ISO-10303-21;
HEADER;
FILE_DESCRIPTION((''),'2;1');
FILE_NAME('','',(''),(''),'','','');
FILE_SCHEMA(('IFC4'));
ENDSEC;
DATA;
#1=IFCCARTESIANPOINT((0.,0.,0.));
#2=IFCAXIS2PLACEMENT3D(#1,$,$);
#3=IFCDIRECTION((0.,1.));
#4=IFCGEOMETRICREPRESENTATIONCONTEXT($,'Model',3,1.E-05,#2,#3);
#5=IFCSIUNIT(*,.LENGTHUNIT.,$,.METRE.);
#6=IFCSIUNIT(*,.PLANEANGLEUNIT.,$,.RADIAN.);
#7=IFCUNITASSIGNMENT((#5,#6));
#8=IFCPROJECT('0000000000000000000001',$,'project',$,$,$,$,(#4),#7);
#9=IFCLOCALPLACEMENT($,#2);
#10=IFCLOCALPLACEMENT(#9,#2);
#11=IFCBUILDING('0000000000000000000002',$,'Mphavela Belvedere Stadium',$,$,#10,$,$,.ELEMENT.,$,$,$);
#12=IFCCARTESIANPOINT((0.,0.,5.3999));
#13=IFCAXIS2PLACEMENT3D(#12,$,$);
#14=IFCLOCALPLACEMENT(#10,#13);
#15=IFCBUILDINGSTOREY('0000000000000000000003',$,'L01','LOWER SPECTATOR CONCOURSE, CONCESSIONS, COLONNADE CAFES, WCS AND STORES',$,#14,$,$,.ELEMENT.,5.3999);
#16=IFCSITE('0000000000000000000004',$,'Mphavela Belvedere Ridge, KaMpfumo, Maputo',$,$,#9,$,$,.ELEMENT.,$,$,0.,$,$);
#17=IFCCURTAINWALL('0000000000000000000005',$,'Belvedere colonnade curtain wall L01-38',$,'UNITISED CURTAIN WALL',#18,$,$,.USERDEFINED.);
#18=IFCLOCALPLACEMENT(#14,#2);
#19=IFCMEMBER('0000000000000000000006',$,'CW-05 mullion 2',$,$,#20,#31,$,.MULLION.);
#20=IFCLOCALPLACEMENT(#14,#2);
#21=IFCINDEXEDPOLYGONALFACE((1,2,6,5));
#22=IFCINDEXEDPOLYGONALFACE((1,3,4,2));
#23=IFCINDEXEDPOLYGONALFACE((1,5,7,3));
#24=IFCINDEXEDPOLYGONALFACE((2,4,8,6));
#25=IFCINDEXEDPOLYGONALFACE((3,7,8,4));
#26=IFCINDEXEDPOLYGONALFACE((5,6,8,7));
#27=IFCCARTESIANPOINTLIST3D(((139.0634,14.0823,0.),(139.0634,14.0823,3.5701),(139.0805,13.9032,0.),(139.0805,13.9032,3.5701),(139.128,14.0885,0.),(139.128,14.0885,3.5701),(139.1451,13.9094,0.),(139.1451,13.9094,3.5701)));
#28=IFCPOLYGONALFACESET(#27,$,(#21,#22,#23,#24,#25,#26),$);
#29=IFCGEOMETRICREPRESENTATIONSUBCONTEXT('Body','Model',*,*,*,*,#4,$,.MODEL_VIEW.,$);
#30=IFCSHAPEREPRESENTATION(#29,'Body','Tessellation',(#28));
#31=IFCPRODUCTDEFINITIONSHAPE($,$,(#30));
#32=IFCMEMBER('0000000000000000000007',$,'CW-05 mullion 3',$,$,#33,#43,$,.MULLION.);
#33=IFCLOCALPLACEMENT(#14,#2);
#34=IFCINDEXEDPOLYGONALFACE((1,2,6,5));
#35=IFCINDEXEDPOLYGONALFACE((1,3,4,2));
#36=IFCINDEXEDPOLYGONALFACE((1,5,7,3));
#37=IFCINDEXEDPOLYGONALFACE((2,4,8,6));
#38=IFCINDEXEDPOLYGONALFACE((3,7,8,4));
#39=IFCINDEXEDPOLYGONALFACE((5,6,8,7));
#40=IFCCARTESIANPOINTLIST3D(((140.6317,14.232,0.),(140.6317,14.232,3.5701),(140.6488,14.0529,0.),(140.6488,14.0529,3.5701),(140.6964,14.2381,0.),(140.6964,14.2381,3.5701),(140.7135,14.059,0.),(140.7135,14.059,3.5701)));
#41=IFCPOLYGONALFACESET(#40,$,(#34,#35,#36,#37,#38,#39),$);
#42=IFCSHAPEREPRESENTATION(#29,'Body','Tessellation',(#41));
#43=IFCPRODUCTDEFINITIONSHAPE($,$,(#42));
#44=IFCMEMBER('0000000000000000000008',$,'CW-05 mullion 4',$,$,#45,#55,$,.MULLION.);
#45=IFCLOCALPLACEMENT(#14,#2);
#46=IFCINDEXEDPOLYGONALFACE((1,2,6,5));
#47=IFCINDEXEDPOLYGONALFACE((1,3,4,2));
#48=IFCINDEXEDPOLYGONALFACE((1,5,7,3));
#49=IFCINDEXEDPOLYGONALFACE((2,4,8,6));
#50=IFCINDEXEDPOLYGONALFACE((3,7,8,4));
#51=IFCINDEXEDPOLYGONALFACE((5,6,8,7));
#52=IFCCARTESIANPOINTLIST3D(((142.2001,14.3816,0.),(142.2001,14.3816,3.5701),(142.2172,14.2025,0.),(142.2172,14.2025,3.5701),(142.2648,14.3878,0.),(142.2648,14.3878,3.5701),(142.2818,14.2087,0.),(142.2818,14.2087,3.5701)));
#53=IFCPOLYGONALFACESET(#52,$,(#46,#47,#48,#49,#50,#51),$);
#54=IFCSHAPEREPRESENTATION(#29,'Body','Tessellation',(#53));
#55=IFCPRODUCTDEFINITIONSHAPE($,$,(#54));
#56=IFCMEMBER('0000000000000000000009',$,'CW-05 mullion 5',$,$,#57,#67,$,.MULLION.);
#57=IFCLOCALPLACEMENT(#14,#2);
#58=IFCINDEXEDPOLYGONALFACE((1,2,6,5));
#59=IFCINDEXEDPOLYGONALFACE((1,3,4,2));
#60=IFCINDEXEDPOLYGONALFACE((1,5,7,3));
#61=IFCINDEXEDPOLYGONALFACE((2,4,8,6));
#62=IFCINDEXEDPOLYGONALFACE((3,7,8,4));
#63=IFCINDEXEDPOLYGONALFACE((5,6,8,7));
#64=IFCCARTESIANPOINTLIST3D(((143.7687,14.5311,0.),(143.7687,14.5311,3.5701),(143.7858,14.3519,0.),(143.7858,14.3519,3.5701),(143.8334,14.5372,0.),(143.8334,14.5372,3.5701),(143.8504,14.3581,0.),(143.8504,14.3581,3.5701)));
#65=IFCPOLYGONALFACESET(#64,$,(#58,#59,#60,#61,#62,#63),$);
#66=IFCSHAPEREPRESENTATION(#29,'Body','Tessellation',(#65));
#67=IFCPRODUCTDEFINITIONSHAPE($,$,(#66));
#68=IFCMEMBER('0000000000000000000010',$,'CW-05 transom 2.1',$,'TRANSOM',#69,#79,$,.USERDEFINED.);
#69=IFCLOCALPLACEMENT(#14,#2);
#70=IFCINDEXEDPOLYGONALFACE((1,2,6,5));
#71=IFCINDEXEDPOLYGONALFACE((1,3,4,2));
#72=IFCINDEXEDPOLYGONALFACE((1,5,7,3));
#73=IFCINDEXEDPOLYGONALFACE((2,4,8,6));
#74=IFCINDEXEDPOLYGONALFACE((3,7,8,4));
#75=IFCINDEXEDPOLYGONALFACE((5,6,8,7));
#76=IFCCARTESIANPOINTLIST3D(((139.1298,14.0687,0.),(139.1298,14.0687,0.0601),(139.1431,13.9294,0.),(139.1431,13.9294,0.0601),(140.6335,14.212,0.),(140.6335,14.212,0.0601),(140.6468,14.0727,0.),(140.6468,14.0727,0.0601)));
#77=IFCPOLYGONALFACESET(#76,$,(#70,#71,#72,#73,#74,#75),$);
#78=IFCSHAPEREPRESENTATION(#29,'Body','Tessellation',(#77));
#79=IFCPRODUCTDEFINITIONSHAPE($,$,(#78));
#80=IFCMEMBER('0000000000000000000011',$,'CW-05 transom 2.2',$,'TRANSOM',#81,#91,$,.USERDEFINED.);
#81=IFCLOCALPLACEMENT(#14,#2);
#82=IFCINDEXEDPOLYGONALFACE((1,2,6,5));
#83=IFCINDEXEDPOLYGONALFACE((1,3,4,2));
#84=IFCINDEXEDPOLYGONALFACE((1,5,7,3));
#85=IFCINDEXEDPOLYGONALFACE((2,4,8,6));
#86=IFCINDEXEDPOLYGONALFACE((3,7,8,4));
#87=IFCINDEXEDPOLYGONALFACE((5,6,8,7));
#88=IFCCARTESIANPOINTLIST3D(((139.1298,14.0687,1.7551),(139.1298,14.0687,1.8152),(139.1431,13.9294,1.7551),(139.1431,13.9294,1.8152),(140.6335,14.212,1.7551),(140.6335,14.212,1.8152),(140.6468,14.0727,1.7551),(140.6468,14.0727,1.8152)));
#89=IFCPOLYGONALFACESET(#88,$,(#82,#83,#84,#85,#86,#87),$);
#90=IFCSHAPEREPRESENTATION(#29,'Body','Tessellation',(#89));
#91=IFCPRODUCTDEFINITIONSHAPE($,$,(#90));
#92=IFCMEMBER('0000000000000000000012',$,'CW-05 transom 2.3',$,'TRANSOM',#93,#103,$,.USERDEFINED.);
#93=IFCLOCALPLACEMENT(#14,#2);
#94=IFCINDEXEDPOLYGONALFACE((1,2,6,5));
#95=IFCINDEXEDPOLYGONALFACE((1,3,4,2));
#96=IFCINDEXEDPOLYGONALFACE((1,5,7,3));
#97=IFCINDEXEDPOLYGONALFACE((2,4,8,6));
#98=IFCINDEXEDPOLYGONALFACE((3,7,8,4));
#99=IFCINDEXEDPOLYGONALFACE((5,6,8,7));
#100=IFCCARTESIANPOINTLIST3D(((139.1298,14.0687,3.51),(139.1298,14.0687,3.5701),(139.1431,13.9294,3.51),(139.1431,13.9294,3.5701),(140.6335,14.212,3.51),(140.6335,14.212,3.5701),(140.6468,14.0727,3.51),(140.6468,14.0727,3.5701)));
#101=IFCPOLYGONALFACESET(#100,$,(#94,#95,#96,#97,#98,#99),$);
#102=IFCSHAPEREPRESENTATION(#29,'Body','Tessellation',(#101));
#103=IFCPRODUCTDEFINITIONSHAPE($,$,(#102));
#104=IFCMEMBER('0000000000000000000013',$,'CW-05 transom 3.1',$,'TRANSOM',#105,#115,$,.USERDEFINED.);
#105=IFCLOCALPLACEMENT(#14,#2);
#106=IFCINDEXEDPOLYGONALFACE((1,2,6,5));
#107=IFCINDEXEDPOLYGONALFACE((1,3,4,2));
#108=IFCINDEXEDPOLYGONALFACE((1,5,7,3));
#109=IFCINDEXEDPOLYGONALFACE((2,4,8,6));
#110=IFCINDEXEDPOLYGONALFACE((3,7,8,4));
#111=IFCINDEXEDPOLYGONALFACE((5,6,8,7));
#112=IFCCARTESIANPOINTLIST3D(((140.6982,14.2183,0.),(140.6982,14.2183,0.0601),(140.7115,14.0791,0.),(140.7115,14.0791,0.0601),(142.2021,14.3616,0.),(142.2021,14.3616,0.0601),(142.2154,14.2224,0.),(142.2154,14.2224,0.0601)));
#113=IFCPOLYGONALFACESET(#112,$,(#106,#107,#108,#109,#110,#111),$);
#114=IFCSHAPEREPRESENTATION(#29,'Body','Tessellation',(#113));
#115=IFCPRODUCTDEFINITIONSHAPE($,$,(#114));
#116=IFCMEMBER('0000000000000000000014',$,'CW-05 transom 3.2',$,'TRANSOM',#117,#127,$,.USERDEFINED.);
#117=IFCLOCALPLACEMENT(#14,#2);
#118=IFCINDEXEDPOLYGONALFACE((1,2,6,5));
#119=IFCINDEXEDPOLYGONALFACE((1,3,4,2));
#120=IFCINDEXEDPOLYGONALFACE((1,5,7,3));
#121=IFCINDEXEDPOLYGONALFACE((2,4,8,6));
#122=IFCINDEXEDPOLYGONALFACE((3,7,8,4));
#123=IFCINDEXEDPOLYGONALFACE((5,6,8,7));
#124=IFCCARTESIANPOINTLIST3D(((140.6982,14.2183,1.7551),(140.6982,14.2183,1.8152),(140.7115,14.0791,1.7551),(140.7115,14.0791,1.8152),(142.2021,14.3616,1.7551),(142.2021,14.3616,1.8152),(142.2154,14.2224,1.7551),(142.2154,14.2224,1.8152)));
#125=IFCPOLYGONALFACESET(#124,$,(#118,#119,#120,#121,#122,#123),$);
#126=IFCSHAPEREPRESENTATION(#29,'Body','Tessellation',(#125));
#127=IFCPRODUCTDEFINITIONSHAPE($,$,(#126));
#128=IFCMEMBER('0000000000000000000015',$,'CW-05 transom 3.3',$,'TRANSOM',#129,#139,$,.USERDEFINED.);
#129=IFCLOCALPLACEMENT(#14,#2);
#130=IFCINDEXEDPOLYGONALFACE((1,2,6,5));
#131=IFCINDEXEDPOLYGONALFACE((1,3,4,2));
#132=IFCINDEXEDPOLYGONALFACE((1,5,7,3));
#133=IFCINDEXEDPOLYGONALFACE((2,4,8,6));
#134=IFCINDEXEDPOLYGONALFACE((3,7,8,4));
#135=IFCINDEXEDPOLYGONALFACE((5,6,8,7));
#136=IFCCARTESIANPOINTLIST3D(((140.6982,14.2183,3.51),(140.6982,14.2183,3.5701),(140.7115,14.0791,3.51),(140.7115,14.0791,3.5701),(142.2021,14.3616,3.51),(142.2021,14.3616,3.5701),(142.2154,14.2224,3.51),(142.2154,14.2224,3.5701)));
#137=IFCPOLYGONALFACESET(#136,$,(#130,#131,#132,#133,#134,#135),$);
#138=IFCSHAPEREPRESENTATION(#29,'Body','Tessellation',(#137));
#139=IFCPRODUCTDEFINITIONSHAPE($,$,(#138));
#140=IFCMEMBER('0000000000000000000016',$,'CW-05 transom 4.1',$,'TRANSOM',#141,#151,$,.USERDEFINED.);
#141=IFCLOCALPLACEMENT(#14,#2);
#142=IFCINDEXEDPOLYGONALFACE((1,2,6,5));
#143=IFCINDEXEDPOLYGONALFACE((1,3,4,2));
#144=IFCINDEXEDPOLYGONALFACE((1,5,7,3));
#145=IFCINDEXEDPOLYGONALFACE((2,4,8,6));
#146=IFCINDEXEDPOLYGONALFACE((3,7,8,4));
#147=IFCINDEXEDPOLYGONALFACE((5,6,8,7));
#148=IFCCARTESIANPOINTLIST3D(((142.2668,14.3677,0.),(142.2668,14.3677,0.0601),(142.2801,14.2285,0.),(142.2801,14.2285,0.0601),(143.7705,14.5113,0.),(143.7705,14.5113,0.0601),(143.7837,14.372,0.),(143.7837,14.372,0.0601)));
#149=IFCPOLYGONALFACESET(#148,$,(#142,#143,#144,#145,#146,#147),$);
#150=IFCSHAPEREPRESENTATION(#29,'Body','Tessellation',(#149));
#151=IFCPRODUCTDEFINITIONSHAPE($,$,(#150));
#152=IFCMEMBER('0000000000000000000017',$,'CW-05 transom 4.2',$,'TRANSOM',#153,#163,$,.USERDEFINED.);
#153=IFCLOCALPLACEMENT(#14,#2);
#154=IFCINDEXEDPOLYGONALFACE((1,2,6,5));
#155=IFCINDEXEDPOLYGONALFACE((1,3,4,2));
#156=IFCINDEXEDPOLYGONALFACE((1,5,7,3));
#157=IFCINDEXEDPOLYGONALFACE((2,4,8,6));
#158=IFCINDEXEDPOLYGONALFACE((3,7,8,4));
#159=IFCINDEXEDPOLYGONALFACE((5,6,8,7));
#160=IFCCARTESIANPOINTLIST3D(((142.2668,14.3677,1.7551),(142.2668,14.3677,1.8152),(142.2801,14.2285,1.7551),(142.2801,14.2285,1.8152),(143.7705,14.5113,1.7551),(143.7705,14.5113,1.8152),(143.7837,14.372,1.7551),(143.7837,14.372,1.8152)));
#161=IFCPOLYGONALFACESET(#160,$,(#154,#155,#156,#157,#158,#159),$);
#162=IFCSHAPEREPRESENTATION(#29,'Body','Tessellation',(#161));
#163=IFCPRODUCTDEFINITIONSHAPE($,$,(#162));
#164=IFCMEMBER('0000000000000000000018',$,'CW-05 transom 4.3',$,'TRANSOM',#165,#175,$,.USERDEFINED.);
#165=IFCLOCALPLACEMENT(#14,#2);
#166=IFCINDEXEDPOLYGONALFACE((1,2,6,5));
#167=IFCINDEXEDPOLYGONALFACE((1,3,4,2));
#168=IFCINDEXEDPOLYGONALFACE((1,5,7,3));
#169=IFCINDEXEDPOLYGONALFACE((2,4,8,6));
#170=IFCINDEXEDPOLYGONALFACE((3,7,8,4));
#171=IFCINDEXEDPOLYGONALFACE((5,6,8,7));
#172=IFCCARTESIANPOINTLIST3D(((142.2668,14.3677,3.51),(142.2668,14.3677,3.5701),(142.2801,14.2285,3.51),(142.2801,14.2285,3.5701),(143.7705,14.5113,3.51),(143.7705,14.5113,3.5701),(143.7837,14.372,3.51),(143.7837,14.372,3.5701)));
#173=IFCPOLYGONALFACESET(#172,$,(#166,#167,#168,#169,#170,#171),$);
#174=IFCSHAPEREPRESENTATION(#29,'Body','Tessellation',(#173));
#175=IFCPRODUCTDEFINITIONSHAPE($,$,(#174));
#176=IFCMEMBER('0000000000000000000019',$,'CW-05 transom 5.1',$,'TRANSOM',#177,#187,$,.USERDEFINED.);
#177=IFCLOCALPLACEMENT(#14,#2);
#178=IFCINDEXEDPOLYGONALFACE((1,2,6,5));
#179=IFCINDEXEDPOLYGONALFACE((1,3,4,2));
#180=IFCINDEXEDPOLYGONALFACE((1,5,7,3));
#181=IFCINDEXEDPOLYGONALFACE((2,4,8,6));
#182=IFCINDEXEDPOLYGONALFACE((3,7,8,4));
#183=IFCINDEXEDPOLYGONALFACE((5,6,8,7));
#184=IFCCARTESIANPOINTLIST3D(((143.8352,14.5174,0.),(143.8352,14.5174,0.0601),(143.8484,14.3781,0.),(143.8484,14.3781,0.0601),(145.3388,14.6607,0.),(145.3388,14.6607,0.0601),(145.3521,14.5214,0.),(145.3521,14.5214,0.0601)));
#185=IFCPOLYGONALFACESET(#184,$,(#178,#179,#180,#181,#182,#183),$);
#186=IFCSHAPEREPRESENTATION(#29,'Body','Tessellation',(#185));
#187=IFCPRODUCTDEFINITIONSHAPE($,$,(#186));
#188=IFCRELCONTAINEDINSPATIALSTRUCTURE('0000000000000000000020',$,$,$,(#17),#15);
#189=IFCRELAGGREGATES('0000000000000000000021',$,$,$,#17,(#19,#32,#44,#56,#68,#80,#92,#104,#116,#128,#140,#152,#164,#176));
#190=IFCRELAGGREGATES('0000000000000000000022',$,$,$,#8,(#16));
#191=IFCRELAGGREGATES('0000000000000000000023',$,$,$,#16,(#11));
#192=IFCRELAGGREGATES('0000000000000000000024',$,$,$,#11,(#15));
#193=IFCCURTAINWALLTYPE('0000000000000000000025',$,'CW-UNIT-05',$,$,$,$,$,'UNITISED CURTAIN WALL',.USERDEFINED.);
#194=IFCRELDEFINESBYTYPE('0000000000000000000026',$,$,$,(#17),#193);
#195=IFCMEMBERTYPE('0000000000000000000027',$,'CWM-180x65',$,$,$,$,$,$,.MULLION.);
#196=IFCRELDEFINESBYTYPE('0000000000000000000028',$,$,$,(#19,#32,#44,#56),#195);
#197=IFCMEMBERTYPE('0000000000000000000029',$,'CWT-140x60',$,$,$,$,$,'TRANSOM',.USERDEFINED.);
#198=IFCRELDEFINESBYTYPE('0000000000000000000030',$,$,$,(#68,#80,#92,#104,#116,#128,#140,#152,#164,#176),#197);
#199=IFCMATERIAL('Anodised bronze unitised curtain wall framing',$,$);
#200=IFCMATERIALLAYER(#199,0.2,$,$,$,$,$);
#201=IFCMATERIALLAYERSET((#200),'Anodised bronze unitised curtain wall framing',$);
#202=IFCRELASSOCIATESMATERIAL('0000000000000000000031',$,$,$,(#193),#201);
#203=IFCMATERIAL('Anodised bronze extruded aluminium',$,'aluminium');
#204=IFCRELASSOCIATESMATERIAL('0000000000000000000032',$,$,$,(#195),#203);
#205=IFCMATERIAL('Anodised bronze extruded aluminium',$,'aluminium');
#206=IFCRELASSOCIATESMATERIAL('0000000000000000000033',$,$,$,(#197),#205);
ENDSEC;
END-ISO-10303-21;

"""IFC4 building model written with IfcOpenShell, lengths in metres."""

from ifc_helpers import new_model, si_unit, direction, frame, origin, origin_2d, place, context, subcontext, project, spatial, rectangle, extrude, material, layer, layer_set, material_profile, profile_set, type_object, element, aggregate, save


model = new_model("IFC4")

# Units and contexts
model_context = context("Model", 3, precision=1e-05, world=origin(), true_north=direction((0.0, 1.0)))
body_context = subcontext(model_context, "Body", "Model", "MODEL_VIEW")
ifc_project = project(units=[si_unit("LENGTHUNIT", "METRE"), si_unit("PLANEANGLEUNIT", "RADIAN")], contexts=[model_context])

# Site, building, storey
site_placement = place(None, origin())
site = spatial("IfcSite", under=ifc_project, at=site_placement, Name="Mphavela Belvedere Ridge, KaMpfumo, Maputo", CompositionType="ELEMENT", RefElevation=0.0)
building_placement = place(site_placement, origin())
building = spatial("IfcBuilding", under=site, at=building_placement, Name="Mphavela Belvedere Stadium", CompositionType="ELEMENT")
storey_placement = place(building_placement, frame((0.0, 0.0, 5.3999)))
storey = spatial("IfcBuildingStorey", under=building, at=storey_placement, Name="L01", Description="LOWER SPECTATOR CONCOURSE, CONCESSIONS, COLONNADE CAFES, WCS AND STORES", CompositionType="ELEMENT", Elevation=5.3999)

# Curtain wall, members
ifc_material_1 = material(Name="Anodised bronze unitised curtain wall framing")
ifc_layer_1 = layer(ifc_material_1, 0.2)
ifc_layer_set_1 = layer_set([ifc_layer_1], Name="Anodised bronze unitised curtain wall framing")
curtain_wall_type = type_object("IfcCurtainWallType", Name="CW-UNIT-05", ElementType="UNITISED CURTAIN WALL", PredefinedType="USERDEFINED", material=ifc_layer_set_1)
curtain_wall_placement = place(storey_placement, origin())
curtain_wall = element("IfcCurtainWall", 1, at=curtain_wall_placement, inside=storey, type_object=curtain_wall_type, Name="Belvedere colonnade curtain wall L01-38", ObjectType="UNITISED CURTAIN WALL", PredefinedType="USERDEFINED")
ifc_material_2 = material(Name="Anodised bronze extruded aluminium", Category="aluminium")
ifc_material_profile_1 = material_profile(ifc_material_2, rectangle(XDim=0.1799, YDim=0.0649, at=origin_2d()), Name="CW-MUL 180x65")
ifc_profile_set_1 = profile_set([ifc_material_profile_1], Name="Anodised bronze extruded aluminium")
member_type_1 = type_object("IfcMemberType", Name="CWM-180x65", PredefinedType="MULLION", material=ifc_profile_set_1)
member_1_placement = place(storey_placement, frame((139.1042, 13.9958, 0.0), z_axis=(0.0, 0.0, 1.0), x_axis=(-0.094922, 0.995485, 0.0)))
member_1 = element("IfcMember", 2, at=member_1_placement, type_object=member_type_1, Name="CW-05 mullion 2", PredefinedType="MULLION", context=body_context, shape_type="SweptSolid", body=[
    extrude(rectangle(XDim=0.1799, YDim=0.0649, at=origin_2d()), origin(), (0.0, 0.0, 1.0), 3.5701),
])
member_2_placement = place(storey_placement, frame((140.6726, 14.1455, 0.0), z_axis=(0.0, 0.0, 1.0), x_axis=(-0.094922, 0.995485, 0.0)))
member_2 = element("IfcMember", 3, at=member_2_placement, type_object=member_type_1, Name="CW-05 mullion 3", PredefinedType="MULLION", context=body_context, shape_type="SweptSolid", body=[
    extrude(rectangle(XDim=0.1799, YDim=0.0649, at=origin_2d()), origin(), (0.0, 0.0, 1.0), 3.5701),
])
member_3_placement = place(storey_placement, frame((142.241, 14.2952, 0.0), z_axis=(0.0, 0.0, 1.0), x_axis=(-0.094922, 0.995485, 0.0)))
member_3 = element("IfcMember", 4, at=member_3_placement, type_object=member_type_1, Name="CW-05 mullion 4", PredefinedType="MULLION", context=body_context, shape_type="SweptSolid", body=[
    extrude(rectangle(XDim=0.1799, YDim=0.0649, at=origin_2d()), origin(), (0.0, 0.0, 1.0), 3.5701),
])
member_4_placement = place(storey_placement, frame((143.8096, 14.4446, 0.0), z_axis=(0.0, 0.0, 1.0), x_axis=(-0.094922, 0.995485, 0.0)))
member_4 = element("IfcMember", 5, at=member_4_placement, type_object=member_type_1, Name="CW-05 mullion 5", PredefinedType="MULLION", context=body_context, shape_type="SweptSolid", body=[
    extrude(rectangle(XDim=0.1799, YDim=0.0649, at=origin_2d()), origin(), (0.0, 0.0, 1.0), 3.5701),
])
ifc_material_3 = material(Name="Anodised bronze extruded aluminium", Category="aluminium")
ifc_material_profile_2 = material_profile(ifc_material_3, rectangle(XDim=0.1399, YDim=0.0601, at=origin_2d()), Name="CW-TRN 140x60")
ifc_profile_set_2 = profile_set([ifc_material_profile_2], Name="Anodised bronze extruded aluminium")
member_type_2 = type_object("IfcMemberType", Name="CWT-140x60", ElementType="TRANSOM", PredefinedType="USERDEFINED", material=ifc_profile_set_2)
member_5_placement = place(storey_placement, frame((139.1365, 13.999, 0.03), z_axis=(0.995489, 0.094878, 0.0), x_axis=(-0.094878, 0.995489, 0.0)))
member_5 = element("IfcMember", 6, at=member_5_placement, type_object=member_type_2, Name="CW-05 transom 2.1", ObjectType="TRANSOM", PredefinedType="USERDEFINED", context=body_context, shape_type="SweptSolid", body=[
    extrude(rectangle(XDim=0.1399, YDim=0.0601, at=origin_2d()), origin(), (0.0, 0.0, 1.0), 1.5105),
])
member_6_placement = place(storey_placement, frame((139.1365, 13.999, 1.7852), z_axis=(0.995489, 0.094878, 0.0), x_axis=(-0.094878, 0.995489, 0.0)))
member_6 = element("IfcMember", 7, at=member_6_placement, type_object=member_type_2, Name="CW-05 transom 2.2", ObjectType="TRANSOM", PredefinedType="USERDEFINED", context=body_context, shape_type="SweptSolid", body=[
    extrude(rectangle(XDim=0.1399, YDim=0.0601, at=origin_2d()), origin(), (0.0, 0.0, 1.0), 1.5105),
])
member_7_placement = place(storey_placement, frame((139.1365, 13.999, 3.54), z_axis=(0.995489, 0.094878, 0.0), x_axis=(-0.094878, 0.995489, 0.0)))
member_7 = element("IfcMember", 8, at=member_7_placement, type_object=member_type_2, Name="CW-05 transom 2.3", ObjectType="TRANSOM", PredefinedType="USERDEFINED", context=body_context, shape_type="SweptSolid", body=[
    extrude(rectangle(XDim=0.1399, YDim=0.0601, at=origin_2d()), origin(), (0.0, 0.0, 1.0), 1.5105),
])
member_8_placement = place(storey_placement, frame((140.7048, 14.1487, 0.03), z_axis=(0.99549, 0.094862, 0.0), x_axis=(-0.094862, 0.99549, 0.0)))
member_8 = element("IfcMember", 9, at=member_8_placement, type_object=member_type_2, Name="CW-05 transom 3.1", ObjectType="TRANSOM", PredefinedType="USERDEFINED", context=body_context, shape_type="SweptSolid", body=[
    extrude(rectangle(XDim=0.1399, YDim=0.0601, at=origin_2d()), origin(), (0.0, 0.0, 1.0), 1.5107),
])
member_9_placement = place(storey_placement, frame((140.7048, 14.1487, 1.7852), z_axis=(0.99549, 0.094862, 0.0), x_axis=(-0.094862, 0.99549, 0.0)))
member_9 = element("IfcMember", 10, at=member_9_placement, type_object=member_type_2, Name="CW-05 transom 3.2", ObjectType="TRANSOM", PredefinedType="USERDEFINED", context=body_context, shape_type="SweptSolid", body=[
    extrude(rectangle(XDim=0.1399, YDim=0.0601, at=origin_2d()), origin(), (0.0, 0.0, 1.0), 1.5107),
])
member_10_placement = place(storey_placement, frame((140.7048, 14.1487, 3.54), z_axis=(0.99549, 0.094862, 0.0), x_axis=(-0.094862, 0.99549, 0.0)))
member_10 = element("IfcMember", 11, at=member_10_placement, type_object=member_type_2, Name="CW-05 transom 3.3", ObjectType="TRANSOM", PredefinedType="USERDEFINED", context=body_context, shape_type="SweptSolid", body=[
    extrude(rectangle(XDim=0.1399, YDim=0.0601, at=origin_2d()), origin(), (0.0, 0.0, 1.0), 1.5107),
])
member_11_placement = place(storey_placement, frame((142.2734, 14.2981, 0.03), z_axis=(0.995474, 0.095038, 0.0), x_axis=(-0.095038, 0.995474, 0.0)))
member_11 = element("IfcMember", 12, at=member_11_placement, type_object=member_type_2, Name="CW-05 transom 4.1", ObjectType="TRANSOM", PredefinedType="USERDEFINED", context=body_context, shape_type="SweptSolid", body=[
    extrude(rectangle(XDim=0.1399, YDim=0.0601, at=origin_2d()), origin(), (0.0, 0.0, 1.0), 1.5105),
])
member_12_placement = place(storey_placement, frame((142.2734, 14.2981, 1.7852), z_axis=(0.995474, 0.095038, 0.0), x_axis=(-0.095038, 0.995474, 0.0)))
member_12 = element("IfcMember", 13, at=member_12_placement, type_object=member_type_2, Name="CW-05 transom 4.2", ObjectType="TRANSOM", PredefinedType="USERDEFINED", context=body_context, shape_type="SweptSolid", body=[
    extrude(rectangle(XDim=0.1399, YDim=0.0601, at=origin_2d()), origin(), (0.0, 0.0, 1.0), 1.5105),
])
member_13_placement = place(storey_placement, frame((142.2734, 14.2981, 3.54), z_axis=(0.995474, 0.095038, 0.0), x_axis=(-0.095038, 0.995474, 0.0)))
member_13 = element("IfcMember", 14, at=member_13_placement, type_object=member_type_2, Name="CW-05 transom 4.3", ObjectType="TRANSOM", PredefinedType="USERDEFINED", context=body_context, shape_type="SweptSolid", body=[
    extrude(rectangle(XDim=0.1399, YDim=0.0601, at=origin_2d()), origin(), (0.0, 0.0, 1.0), 1.5105),
])
member_14_placement = place(storey_placement, frame((143.8418, 14.4478, 0.03), z_axis=(0.995489, 0.094878, 0.0), x_axis=(-0.094878, 0.995489, 0.0)))
member_14 = element("IfcMember", 15, at=member_14_placement, type_object=member_type_2, Name="CW-05 transom 5.1", ObjectType="TRANSOM", PredefinedType="USERDEFINED", context=body_context, shape_type="SweptSolid", body=[
    extrude(rectangle(XDim=0.1399, YDim=0.0601, at=origin_2d()), origin(), (0.0, 0.0, 1.0), 1.5105),
])
aggregate(curtain_wall, [member_1, member_2, member_3, member_4, member_5, member_6, member_7, member_8, member_9, member_10, member_11, member_12, member_13, member_14])

save(model, "model.ifc")
